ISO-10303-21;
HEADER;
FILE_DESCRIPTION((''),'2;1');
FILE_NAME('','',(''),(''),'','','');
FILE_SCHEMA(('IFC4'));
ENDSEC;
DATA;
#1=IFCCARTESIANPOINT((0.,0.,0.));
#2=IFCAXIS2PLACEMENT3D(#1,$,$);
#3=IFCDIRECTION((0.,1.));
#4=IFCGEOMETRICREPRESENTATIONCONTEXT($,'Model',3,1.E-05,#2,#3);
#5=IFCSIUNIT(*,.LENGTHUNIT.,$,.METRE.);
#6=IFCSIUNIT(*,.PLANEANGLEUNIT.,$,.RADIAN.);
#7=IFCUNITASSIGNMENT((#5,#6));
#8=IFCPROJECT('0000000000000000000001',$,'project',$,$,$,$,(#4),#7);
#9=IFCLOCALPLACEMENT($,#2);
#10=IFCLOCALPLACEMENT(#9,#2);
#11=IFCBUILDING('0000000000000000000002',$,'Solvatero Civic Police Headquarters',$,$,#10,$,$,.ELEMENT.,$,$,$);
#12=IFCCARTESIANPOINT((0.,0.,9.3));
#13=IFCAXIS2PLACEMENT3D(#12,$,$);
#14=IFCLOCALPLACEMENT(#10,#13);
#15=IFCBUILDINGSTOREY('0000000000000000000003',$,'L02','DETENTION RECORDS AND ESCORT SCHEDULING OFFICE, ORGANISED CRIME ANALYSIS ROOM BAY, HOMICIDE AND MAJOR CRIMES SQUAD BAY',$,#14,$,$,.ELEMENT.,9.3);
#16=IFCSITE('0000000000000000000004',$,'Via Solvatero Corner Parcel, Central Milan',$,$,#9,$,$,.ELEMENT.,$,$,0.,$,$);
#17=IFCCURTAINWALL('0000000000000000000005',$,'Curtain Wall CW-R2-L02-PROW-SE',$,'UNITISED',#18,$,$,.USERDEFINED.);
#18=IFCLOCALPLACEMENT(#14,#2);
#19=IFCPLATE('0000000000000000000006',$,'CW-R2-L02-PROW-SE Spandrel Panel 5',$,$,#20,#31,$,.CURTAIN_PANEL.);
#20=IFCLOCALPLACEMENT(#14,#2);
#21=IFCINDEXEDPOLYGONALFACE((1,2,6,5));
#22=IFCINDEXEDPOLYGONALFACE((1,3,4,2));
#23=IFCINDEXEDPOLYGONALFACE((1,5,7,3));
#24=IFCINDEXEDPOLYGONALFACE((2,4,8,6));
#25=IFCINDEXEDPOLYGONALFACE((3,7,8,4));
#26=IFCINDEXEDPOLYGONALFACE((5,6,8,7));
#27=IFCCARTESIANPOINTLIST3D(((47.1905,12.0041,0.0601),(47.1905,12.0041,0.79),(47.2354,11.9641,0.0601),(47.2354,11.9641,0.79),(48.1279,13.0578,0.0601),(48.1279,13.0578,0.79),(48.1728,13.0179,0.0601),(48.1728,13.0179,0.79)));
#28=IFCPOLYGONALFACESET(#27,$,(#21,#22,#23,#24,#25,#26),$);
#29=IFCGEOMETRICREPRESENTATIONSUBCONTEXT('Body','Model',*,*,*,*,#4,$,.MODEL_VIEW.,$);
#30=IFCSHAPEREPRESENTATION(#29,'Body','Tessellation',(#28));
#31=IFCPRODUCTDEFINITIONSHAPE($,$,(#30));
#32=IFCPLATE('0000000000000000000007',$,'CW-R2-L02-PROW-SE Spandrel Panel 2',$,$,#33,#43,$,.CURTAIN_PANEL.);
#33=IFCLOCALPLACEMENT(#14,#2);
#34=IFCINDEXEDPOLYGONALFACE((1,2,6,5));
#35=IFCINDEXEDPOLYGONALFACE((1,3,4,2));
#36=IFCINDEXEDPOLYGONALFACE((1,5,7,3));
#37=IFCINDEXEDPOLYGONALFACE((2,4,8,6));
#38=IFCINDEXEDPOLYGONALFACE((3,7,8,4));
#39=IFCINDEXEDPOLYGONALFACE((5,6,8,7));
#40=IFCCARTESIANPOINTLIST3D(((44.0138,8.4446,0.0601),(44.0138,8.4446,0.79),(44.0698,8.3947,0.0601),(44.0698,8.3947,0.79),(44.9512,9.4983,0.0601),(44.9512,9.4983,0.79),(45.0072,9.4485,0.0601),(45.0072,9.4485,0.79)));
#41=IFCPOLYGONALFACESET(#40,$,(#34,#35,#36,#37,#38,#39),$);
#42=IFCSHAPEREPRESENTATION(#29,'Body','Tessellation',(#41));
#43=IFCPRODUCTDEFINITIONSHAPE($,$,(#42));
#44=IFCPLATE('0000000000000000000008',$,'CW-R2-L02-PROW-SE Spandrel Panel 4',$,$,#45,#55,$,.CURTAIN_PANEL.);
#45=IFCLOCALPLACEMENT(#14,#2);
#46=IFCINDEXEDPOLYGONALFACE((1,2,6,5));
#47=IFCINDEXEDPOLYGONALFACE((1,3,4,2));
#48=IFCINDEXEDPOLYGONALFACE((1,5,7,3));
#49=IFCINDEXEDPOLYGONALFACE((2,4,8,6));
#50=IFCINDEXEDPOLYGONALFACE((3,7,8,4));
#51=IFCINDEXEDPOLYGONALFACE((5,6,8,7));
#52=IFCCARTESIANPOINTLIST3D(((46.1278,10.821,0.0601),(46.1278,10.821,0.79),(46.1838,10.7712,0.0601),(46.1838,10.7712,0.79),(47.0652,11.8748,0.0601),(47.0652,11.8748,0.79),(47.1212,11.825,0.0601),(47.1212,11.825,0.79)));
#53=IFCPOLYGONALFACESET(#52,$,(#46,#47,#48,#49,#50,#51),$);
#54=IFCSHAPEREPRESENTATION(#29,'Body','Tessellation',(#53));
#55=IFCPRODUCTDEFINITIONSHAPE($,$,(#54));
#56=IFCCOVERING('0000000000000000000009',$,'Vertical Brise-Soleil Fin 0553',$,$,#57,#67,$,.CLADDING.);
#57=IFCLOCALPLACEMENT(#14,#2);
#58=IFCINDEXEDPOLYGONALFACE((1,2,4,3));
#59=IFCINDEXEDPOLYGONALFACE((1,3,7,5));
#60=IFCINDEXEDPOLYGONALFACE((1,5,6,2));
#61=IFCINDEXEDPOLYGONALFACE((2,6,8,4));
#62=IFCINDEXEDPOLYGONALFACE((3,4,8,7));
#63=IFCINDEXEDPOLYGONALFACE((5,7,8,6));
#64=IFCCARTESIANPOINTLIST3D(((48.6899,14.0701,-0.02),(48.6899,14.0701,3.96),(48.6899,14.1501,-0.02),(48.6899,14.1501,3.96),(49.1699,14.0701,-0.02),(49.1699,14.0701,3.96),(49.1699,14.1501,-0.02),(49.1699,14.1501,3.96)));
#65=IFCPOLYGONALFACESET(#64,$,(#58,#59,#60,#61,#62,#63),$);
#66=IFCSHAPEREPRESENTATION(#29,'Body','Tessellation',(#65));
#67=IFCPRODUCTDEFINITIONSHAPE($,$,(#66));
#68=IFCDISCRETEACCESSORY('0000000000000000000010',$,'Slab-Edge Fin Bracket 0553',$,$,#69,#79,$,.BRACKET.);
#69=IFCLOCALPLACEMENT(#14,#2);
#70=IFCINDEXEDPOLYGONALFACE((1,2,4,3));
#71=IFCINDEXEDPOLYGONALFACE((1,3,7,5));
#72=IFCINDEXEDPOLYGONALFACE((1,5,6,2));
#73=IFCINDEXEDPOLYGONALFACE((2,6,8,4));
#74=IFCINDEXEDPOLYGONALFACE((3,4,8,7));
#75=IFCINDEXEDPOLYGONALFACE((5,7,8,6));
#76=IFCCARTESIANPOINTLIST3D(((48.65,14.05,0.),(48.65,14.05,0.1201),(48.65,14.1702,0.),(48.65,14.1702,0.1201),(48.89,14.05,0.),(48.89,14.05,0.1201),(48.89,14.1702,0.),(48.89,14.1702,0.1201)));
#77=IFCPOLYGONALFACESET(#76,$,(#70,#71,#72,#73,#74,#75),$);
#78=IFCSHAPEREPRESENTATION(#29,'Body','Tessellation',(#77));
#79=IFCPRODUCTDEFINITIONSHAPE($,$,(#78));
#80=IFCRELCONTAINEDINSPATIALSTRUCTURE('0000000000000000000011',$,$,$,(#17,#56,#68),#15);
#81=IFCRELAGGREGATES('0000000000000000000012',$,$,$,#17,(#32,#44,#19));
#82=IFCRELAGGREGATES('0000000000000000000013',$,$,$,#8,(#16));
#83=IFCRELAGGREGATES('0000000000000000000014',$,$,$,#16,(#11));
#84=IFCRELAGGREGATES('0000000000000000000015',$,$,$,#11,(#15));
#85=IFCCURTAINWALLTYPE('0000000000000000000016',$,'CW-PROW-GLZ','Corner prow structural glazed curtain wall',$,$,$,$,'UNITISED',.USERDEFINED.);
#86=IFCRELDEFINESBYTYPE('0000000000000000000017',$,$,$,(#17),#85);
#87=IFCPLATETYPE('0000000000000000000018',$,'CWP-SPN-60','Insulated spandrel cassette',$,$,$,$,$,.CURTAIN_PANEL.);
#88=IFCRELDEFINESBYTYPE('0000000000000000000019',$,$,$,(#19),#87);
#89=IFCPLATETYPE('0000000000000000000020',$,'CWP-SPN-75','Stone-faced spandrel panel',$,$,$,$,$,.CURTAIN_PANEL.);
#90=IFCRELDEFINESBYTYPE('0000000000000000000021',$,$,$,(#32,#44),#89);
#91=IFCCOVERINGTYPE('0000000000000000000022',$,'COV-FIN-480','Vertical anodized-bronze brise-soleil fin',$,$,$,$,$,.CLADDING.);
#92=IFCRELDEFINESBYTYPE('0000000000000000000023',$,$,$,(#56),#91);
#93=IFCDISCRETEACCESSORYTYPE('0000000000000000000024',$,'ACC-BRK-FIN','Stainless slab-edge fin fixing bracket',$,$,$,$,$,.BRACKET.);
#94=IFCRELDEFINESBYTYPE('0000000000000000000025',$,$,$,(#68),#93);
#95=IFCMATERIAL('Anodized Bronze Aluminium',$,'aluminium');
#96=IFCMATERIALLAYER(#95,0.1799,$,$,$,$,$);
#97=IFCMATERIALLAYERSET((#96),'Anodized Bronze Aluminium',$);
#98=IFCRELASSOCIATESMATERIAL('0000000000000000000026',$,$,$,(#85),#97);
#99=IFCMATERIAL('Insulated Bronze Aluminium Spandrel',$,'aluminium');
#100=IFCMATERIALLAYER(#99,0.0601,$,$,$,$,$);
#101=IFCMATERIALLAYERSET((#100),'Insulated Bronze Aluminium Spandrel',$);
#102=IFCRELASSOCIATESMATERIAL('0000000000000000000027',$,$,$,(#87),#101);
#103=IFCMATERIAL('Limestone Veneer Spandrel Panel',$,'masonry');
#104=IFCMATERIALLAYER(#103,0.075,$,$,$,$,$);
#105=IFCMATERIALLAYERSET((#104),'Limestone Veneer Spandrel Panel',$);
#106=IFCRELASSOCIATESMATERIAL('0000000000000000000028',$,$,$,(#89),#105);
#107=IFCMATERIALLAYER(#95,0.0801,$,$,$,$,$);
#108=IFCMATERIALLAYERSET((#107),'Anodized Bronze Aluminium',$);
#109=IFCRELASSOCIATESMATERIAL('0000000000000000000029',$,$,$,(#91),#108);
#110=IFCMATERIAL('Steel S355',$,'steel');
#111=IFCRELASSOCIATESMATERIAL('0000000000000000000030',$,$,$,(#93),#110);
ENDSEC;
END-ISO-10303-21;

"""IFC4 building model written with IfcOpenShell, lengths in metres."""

from ifc_helpers import new_model, si_unit, direction, frame, origin, origin_2d, place, context, subcontext, project, spatial, rectangle, extrude, material, layer, layer_set, type_object, element, aggregate, save


model = new_model("IFC4")

# Units and contexts
model_context = context("Model", 3, precision=1e-05, world=origin(), true_north=direction((0.0, 1.0)))
body_context = subcontext(model_context, "Body", "Model", "MODEL_VIEW")
ifc_project = project(units=[si_unit("LENGTHUNIT", "METRE"), si_unit("PLANEANGLEUNIT", "RADIAN")], contexts=[model_context])

# Site, building, storey
site_placement = place(None, origin())
site = spatial("IfcSite", under=ifc_project, at=site_placement, Name="Via Solvatero Corner Parcel, Central Milan", CompositionType="ELEMENT", RefElevation=0.0)
building_placement = place(site_placement, origin())
building = spatial("IfcBuilding", under=site, at=building_placement, Name="Solvatero Civic Police Headquarters", CompositionType="ELEMENT")
storey_placement = place(building_placement, frame((0.0, 0.0, 9.3)))
storey = spatial("IfcBuildingStorey", under=building, at=storey_placement, Name="L02", Description="DETENTION RECORDS AND ESCORT SCHEDULING OFFICE, ORGANISED CRIME ANALYSIS ROOM BAY, HOMICIDE AND MAJOR CRIMES SQUAD BAY", CompositionType="ELEMENT", Elevation=9.3)

# Shared definitions
ifc_material_1 = material(Name="Steel S355", Category="steel")

# Curtain wall
ifc_material_2 = material(Name="Anodized Bronze Aluminium", Category="aluminium")
ifc_layer_1 = layer(ifc_material_2, 0.1799)
ifc_layer_set_1 = layer_set([ifc_layer_1], Name="Anodized Bronze Aluminium")
curtain_wall_type = type_object("IfcCurtainWallType", Name="CW-PROW-GLZ", Description="Corner prow structural glazed curtain wall", ElementType="UNITISED", PredefinedType="USERDEFINED", material=ifc_layer_set_1)
curtain_wall_1_placement = place(storey_placement, origin())
curtain_wall_1 = element("IfcCurtainWall", 1, at=curtain_wall_1_placement, inside=storey, type_object=curtain_wall_type, Name="Curtain Wall CW-R2-L02-PROW-SE", ObjectType="UNITISED", PredefinedType="USERDEFINED")

# Plates
ifc_material_3 = material(Name="Insulated Bronze Aluminium Spandrel", Category="aluminium")
ifc_layer_2 = layer(ifc_material_3, 0.0601)
ifc_layer_set_2 = layer_set([ifc_layer_2], Name="Insulated Bronze Aluminium Spandrel")
plate_type_1 = type_object("IfcPlateType", Name="CWP-SPN-60", Description="Insulated spandrel cassette", PredefinedType="CURTAIN_PANEL", material=ifc_layer_set_2)
plate_1_placement = place(storey_placement, frame((47.6816, 12.511, 0.0601), z_axis=(0.0, 0.0, 1.0), x_axis=(0.66467, 0.747137, 0.0)))
plate_1 = element("IfcPlate", 2, at=plate_1_placement, type_object=plate_type_1, Name="CW-R2-L02-PROW-SE Spandrel Panel 5", PredefinedType="CURTAIN_PANEL", context=body_context, shape_type="SweptSolid", body=[
    extrude(rectangle(XDim=1.4104, YDim=0.0601, at=origin_2d()), origin(), (0.0, 0.0, 1.0), 0.73),
])
ifc_material_4 = material(Name="Limestone Veneer Spandrel Panel", Category="masonry")
ifc_layer_3 = layer(ifc_material_4, 0.075)
ifc_layer_set_3 = layer_set([ifc_layer_3], Name="Limestone Veneer Spandrel Panel")
plate_type_2 = type_object("IfcPlateType", Name="CWP-SPN-75", Description="Stone-faced spandrel panel", PredefinedType="CURTAIN_PANEL", material=ifc_layer_set_3)
plate_2_placement = place(storey_placement, frame((44.5105, 8.9465, 0.0601), z_axis=(0.0, 0.0, 1.0), x_axis=(0.66467, 0.747137, 0.0)))
plate_2 = element("IfcPlate", 3, at=plate_2_placement, type_object=plate_type_2, Name="CW-R2-L02-PROW-SE Spandrel Panel 2", PredefinedType="CURTAIN_PANEL", context=body_context, shape_type="SweptSolid", body=[
    extrude(rectangle(XDim=1.4104, YDim=0.075, at=origin_2d()), origin(), (0.0, 0.0, 1.0), 0.73),
])
plate_3_placement = place(storey_placement, frame((46.6245, 11.323, 0.0601), z_axis=(0.0, 0.0, 1.0), x_axis=(0.66467, 0.747137, 0.0)))
plate_3 = element("IfcPlate", 4, at=plate_3_placement, type_object=plate_type_2, Name="CW-R2-L02-PROW-SE Spandrel Panel 4", PredefinedType="CURTAIN_PANEL", context=body_context, shape_type="SweptSolid", body=[
    extrude(rectangle(XDim=1.4104, YDim=0.075, at=origin_2d()), origin(), (0.0, 0.0, 1.0), 0.73),
])
aggregate(curtain_wall_1, [plate_2, plate_3, plate_1])

# Covering
ifc_layer_4 = layer(ifc_material_2, 0.0801)
ifc_layer_set_4 = layer_set([ifc_layer_4], Name="Anodized Bronze Aluminium")
covering_type = type_object("IfcCoveringType", Name="COV-FIN-480", Description="Vertical anodized-bronze brise-soleil fin", PredefinedType="CLADDING", material=ifc_layer_set_4)
covering_placement = place(storey_placement, frame((48.9299, 14.1101, -0.02), z_axis=(0.0, 0.0, 1.0), x_axis=(0.0, 1.0, 0.0)))
element("IfcCovering", 5, at=covering_placement, inside=storey, type_object=covering_type, Name="Vertical Brise-Soleil Fin 0553", PredefinedType="CLADDING", context=body_context, shape_type="SweptSolid", body=[
    extrude(rectangle(XDim=0.0801, YDim=0.48, at=origin_2d()), origin(), (0.0, 0.0, 1.0), 3.98),
])

# Discrete accessory
discrete_accessory_type = type_object("IfcDiscreteAccessoryType", Name="ACC-BRK-FIN", Description="Stainless slab-edge fin fixing bracket", PredefinedType="BRACKET", material=ifc_material_1)
discrete_accessory_placement = place(storey_placement, frame((48.77, 14.1101, 0.0), z_axis=(0.0, 0.0, 1.0), x_axis=(0.0, 1.0, 0.0)))
element("IfcDiscreteAccessory", 6, at=discrete_accessory_placement, inside=storey, type_object=discrete_accessory_type, Name="Slab-Edge Fin Bracket 0553", PredefinedType="BRACKET", context=body_context, shape_type="SweptSolid", body=[
    extrude(rectangle(XDim=0.1201, YDim=0.24, at=origin_2d()), origin(), (0.0, 0.0, 1.0), 0.1201),
])

save(model, "model.ifc")
